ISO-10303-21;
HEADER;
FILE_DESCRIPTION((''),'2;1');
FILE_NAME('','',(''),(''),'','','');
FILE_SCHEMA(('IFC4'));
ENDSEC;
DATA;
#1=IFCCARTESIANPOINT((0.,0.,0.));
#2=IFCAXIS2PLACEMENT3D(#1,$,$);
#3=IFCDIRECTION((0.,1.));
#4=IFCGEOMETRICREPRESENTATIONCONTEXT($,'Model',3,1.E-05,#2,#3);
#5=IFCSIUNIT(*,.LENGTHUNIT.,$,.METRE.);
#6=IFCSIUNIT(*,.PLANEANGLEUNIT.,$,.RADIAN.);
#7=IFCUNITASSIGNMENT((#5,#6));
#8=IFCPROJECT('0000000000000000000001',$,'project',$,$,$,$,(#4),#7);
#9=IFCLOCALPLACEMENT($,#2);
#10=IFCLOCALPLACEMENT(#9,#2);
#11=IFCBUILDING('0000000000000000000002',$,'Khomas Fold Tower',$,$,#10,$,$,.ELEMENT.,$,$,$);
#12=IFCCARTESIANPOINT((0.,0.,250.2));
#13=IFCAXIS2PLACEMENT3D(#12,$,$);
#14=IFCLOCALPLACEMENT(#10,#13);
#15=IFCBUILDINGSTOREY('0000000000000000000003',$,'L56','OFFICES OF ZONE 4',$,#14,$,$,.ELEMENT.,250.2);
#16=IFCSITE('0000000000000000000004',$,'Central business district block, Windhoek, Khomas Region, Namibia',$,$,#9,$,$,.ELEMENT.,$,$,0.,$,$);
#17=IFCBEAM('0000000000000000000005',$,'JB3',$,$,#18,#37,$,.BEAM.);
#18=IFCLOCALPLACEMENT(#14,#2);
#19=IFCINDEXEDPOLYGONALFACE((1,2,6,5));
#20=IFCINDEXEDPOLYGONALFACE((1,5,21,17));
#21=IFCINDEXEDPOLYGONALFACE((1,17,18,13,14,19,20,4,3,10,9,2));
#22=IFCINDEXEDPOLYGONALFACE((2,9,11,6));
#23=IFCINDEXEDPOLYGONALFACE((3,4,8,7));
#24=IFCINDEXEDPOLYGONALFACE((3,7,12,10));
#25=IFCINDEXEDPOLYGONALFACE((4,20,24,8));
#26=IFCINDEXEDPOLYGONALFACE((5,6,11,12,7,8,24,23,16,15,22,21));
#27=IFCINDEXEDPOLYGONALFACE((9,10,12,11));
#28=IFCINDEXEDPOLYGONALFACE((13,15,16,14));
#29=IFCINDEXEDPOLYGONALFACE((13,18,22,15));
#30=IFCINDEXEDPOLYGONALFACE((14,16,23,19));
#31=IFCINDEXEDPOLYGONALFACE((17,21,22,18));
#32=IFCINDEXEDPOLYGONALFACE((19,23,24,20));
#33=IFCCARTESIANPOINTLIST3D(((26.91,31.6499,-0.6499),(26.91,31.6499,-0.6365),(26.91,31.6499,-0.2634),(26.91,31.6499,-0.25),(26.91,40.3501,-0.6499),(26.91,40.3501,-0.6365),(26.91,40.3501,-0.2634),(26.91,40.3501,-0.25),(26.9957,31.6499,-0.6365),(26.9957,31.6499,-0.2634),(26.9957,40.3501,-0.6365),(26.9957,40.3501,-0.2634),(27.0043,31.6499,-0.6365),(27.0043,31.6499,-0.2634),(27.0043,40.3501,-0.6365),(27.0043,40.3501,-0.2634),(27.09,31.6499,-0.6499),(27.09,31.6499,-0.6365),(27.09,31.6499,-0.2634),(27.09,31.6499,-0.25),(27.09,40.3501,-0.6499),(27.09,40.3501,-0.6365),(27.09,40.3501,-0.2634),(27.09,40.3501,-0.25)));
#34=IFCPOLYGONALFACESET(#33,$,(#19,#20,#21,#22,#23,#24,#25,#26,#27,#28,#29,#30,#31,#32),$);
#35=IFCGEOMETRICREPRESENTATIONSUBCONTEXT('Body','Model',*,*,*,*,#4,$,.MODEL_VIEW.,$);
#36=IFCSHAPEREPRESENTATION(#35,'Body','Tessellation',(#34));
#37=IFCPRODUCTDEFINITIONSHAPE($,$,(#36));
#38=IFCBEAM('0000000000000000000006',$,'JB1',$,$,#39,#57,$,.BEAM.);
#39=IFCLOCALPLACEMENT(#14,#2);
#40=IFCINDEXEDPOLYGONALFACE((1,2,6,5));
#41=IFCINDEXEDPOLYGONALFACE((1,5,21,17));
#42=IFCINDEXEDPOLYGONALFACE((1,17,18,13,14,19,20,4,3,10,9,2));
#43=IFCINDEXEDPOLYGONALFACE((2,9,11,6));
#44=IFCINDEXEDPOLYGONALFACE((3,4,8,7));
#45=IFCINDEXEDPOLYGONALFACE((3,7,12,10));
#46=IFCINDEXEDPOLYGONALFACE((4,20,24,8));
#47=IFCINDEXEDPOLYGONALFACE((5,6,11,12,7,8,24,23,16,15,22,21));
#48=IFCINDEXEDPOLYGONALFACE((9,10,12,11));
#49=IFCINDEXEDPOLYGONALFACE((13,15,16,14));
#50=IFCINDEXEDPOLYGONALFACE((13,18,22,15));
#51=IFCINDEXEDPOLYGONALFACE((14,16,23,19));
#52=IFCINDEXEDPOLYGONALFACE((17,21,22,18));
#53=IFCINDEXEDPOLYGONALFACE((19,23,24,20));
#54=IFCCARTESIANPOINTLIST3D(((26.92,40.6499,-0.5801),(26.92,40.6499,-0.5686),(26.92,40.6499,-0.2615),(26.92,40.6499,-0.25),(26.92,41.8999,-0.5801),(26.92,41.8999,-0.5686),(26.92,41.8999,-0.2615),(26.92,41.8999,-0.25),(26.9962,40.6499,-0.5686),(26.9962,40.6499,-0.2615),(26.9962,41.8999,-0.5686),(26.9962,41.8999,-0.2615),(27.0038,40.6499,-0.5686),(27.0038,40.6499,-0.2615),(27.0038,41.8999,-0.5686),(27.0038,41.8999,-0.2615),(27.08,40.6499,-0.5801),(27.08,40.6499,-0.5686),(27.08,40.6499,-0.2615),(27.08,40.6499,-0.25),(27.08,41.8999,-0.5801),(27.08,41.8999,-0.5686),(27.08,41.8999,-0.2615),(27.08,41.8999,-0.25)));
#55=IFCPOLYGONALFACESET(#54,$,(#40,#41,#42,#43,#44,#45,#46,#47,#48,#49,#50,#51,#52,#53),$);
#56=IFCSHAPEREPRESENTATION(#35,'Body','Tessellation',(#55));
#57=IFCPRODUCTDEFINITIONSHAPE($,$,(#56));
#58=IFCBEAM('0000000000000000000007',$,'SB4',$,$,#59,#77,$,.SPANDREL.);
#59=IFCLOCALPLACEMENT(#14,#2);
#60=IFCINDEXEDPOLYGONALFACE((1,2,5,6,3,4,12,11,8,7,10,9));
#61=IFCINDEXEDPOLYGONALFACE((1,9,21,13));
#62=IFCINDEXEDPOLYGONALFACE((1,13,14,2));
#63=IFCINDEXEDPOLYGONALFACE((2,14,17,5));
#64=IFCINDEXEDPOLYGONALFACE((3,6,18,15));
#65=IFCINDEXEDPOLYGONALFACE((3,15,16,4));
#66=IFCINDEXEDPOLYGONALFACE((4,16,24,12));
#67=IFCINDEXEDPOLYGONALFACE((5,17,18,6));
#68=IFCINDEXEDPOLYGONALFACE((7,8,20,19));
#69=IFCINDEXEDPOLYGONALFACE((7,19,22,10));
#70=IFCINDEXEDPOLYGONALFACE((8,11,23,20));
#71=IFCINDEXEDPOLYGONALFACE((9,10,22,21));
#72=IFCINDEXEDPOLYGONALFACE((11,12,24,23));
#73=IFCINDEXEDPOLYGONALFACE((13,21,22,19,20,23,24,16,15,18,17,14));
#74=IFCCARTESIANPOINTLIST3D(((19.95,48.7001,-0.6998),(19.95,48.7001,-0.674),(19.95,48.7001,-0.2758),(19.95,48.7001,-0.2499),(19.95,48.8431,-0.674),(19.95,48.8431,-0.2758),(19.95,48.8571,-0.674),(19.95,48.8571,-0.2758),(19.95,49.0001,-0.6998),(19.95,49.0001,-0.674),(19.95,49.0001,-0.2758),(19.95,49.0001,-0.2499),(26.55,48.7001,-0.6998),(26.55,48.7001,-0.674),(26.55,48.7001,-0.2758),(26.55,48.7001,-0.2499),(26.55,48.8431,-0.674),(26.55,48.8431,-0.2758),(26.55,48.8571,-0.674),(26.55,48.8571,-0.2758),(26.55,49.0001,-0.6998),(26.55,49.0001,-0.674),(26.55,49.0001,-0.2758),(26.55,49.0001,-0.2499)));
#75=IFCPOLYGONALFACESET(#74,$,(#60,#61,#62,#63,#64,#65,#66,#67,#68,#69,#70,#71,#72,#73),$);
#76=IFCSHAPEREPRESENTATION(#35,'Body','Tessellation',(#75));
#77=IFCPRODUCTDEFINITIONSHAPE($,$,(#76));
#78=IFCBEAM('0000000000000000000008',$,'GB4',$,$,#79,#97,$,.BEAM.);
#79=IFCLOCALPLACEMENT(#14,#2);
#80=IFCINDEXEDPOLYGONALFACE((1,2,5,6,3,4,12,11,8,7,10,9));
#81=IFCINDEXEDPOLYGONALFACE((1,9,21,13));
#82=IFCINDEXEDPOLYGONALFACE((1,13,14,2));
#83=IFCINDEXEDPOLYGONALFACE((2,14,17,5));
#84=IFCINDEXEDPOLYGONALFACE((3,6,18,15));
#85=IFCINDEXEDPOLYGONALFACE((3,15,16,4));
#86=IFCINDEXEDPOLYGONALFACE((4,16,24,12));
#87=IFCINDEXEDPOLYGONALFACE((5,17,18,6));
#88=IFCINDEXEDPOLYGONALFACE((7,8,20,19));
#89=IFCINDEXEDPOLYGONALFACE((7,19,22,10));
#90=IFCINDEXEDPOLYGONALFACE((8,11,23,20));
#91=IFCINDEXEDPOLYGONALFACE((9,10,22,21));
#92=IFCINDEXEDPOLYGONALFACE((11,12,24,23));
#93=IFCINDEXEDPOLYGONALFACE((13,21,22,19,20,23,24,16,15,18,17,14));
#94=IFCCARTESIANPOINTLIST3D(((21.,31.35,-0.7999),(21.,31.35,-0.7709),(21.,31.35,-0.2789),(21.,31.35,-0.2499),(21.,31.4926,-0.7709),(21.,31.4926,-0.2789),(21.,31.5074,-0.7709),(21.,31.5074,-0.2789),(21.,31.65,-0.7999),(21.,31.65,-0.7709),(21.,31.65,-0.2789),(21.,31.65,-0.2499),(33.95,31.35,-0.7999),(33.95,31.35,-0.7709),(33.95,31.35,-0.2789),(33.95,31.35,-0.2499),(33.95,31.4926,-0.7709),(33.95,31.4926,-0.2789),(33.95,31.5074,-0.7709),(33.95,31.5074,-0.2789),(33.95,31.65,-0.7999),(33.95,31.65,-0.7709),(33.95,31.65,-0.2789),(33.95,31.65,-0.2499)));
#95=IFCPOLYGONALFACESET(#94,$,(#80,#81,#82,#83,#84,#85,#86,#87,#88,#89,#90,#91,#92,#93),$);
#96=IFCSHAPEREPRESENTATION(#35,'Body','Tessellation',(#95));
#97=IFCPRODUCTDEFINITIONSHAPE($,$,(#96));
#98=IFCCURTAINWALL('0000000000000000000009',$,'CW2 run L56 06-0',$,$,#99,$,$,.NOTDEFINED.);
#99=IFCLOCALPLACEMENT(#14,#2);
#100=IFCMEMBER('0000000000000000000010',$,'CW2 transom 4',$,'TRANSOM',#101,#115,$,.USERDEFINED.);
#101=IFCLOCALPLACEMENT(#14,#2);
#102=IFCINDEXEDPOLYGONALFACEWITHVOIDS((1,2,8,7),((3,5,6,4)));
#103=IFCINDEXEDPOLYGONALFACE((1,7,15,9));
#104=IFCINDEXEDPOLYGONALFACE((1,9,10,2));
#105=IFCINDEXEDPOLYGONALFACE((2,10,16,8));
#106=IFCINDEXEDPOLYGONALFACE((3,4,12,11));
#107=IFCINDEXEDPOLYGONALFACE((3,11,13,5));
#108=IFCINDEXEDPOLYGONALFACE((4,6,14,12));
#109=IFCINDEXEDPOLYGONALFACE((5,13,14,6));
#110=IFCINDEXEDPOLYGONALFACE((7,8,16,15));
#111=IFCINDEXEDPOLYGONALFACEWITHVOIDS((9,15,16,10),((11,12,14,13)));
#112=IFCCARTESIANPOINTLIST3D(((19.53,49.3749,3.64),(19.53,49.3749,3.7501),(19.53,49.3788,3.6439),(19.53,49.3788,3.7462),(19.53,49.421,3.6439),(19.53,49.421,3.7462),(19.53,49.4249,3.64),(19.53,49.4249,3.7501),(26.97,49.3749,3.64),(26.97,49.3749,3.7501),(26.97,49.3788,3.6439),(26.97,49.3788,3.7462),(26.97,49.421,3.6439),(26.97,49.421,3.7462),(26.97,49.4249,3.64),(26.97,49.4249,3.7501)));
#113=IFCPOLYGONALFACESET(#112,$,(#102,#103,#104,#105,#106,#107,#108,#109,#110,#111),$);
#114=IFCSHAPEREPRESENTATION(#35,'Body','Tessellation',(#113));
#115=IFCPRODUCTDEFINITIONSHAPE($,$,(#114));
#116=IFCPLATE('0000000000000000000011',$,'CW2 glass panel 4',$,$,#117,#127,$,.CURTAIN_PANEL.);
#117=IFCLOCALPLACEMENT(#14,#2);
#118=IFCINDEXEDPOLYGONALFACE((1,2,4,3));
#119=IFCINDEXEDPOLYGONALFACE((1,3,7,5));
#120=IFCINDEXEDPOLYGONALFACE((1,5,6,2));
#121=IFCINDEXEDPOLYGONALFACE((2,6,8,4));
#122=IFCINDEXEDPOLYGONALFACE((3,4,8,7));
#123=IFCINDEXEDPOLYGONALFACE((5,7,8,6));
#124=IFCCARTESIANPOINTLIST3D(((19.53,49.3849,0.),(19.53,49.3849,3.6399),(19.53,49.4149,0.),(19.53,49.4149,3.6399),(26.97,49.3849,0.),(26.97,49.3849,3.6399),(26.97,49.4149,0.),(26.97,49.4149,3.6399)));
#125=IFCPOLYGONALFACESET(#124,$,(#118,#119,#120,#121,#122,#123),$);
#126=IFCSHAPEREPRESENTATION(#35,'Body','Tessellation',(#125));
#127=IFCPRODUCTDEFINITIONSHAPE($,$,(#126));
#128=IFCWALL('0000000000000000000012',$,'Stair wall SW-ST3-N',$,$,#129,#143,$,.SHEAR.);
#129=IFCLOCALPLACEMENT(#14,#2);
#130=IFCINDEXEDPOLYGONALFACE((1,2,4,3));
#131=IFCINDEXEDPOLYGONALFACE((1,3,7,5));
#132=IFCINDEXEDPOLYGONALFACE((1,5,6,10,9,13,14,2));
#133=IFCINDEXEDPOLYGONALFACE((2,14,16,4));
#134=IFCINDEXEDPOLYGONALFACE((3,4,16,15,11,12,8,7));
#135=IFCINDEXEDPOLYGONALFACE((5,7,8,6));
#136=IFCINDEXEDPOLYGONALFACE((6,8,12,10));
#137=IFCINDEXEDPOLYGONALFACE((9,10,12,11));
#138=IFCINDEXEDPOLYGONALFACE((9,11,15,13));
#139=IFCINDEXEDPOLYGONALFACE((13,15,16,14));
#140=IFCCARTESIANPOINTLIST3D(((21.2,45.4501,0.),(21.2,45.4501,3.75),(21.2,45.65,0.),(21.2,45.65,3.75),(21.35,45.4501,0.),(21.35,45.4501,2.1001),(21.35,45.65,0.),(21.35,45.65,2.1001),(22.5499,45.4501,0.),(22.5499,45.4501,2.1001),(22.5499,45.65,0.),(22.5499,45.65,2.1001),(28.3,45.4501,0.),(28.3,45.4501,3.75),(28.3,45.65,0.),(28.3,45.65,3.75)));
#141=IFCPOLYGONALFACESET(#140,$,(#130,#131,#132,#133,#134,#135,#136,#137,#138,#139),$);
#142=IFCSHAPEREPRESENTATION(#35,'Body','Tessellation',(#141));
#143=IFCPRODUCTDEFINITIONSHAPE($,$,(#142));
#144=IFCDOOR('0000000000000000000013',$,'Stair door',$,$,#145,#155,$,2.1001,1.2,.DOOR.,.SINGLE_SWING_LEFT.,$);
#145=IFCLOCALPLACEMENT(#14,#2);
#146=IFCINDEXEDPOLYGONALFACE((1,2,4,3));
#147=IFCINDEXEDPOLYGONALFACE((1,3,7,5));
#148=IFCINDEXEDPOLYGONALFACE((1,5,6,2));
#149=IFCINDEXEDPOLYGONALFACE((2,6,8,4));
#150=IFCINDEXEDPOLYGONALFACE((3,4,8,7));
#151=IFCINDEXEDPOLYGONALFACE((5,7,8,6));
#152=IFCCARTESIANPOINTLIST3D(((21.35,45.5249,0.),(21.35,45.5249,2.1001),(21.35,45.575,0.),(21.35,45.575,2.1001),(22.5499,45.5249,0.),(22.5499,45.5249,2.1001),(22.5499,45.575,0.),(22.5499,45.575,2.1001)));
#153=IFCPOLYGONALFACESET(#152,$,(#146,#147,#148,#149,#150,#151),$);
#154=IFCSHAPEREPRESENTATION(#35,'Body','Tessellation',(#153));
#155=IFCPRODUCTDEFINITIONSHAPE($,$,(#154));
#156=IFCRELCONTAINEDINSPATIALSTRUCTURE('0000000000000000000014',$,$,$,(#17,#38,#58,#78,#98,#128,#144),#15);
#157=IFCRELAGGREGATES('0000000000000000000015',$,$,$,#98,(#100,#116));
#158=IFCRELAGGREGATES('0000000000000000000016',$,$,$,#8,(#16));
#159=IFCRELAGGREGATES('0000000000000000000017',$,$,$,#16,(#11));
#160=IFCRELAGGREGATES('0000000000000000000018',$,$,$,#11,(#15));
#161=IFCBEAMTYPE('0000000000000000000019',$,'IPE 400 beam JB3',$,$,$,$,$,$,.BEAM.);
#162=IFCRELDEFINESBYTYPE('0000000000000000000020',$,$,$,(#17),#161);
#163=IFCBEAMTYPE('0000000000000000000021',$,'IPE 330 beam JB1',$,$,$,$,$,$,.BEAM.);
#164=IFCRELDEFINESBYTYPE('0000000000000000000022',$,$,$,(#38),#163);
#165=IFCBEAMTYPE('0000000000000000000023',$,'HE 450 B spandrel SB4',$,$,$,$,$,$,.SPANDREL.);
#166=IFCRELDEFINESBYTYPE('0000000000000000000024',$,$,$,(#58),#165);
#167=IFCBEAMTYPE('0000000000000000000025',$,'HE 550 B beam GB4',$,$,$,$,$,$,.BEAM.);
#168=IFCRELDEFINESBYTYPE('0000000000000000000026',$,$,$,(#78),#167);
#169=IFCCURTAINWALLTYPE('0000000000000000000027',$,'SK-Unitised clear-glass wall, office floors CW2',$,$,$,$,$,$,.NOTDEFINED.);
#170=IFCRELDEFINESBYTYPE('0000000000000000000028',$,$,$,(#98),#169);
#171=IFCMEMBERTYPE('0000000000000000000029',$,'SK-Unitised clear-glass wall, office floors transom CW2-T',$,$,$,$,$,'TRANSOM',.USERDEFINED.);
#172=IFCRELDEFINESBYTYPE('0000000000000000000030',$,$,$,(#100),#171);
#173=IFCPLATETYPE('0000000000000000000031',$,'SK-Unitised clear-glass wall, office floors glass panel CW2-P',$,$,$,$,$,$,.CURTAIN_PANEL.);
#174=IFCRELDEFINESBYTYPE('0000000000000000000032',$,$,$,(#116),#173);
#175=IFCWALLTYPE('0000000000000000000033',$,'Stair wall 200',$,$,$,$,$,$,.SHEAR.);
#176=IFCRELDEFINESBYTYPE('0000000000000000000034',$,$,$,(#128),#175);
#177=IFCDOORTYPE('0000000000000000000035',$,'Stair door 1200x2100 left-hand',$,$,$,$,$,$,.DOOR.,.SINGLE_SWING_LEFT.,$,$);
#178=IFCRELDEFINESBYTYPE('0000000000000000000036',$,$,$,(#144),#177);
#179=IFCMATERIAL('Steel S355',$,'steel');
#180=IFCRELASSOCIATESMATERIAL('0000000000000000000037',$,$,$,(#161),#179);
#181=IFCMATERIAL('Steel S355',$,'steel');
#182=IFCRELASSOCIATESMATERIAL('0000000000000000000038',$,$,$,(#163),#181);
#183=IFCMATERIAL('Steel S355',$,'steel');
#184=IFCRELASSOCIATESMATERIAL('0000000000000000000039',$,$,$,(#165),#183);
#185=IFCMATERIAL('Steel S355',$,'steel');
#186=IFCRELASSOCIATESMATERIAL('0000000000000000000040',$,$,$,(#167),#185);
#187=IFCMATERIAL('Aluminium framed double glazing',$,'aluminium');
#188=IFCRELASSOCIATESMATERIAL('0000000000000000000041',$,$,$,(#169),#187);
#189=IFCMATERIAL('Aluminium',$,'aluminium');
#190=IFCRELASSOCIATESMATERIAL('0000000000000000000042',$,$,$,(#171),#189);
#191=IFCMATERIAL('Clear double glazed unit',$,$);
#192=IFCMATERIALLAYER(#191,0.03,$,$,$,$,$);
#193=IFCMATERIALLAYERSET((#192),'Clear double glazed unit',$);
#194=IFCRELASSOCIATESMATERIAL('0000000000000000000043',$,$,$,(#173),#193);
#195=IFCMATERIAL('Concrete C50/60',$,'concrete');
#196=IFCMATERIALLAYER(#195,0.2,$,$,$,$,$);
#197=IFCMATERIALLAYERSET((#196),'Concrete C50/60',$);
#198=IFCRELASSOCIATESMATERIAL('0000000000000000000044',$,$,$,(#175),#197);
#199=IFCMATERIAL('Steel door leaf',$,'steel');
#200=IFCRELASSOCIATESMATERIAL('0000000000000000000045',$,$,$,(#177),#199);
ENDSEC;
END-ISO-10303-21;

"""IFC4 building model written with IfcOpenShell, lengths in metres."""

from ifc_helpers import new_model, si_unit, direction, frame, frame_2d, origin, origin_2d, place, context, subcontext, project, spatial, rectangle, hollow_rectangle, i_section, extrude, source, transform, mapped, material, layer, layer_set, material_profile, profile_set, type_object, element, fill, aggregate, save


model = new_model("IFC4")

# Units and contexts
model_context = context("Model", 3, precision=1e-05, world=origin(), true_north=direction((0.0, 1.0)))
body_context = subcontext(model_context, "Body", "Model", "MODEL_VIEW")
ifc_project = project(units=[si_unit("LENGTHUNIT", "METRE"), si_unit("PLANEANGLEUNIT", "RADIAN")], contexts=[model_context])

# Site, building, storey
site_placement = place(None, origin())
site = spatial("IfcSite", under=ifc_project, at=site_placement, Name="Central business district block, Windhoek, Khomas Region, Namibia", CompositionType="ELEMENT", RefElevation=0.0)
building_placement = place(site_placement, origin())
building = spatial("IfcBuilding", under=site, at=building_placement, Name="Khomas Fold Tower", CompositionType="ELEMENT")
storey_placement = place(building_placement, frame((0.0, 0.0, 250.2)))
storey = spatial("IfcBuildingStorey", under=building, at=storey_placement, Name="L56", Description="OFFICES OF ZONE 4", CompositionType="ELEMENT", Elevation=250.2)

# Beams
ifc_material_1 = material(Name="Steel S355", Category="steel")
ifc_material_profile_1 = material_profile(ifc_material_1, i_section(OverallWidth=0.1799, OverallDepth=0.3999, WebThickness=0.0085, FlangeThickness=0.0134, at=origin_2d()), Name="IPE 400")
ifc_profile_set_1 = profile_set([ifc_material_profile_1], Name="Steel S355")
beam_type_1 = type_object("IfcBeamType", Name="IPE 400 beam JB3", PredefinedType="BEAM", material=ifc_profile_set_1)
shared_shape_1 = source(origin(), body_context, "Body", "SweptSolid", [
    extrude(i_section(OverallWidth=0.1799, OverallDepth=0.3999, WebThickness=0.0085, FlangeThickness=0.0134, at=origin_2d()), origin(), (0.0, 0.0, 1.0), 8.7002),
])
beam_1_placement = place(storey_placement, frame((27.0, 31.6499, -0.45), z_axis=(0.0, 1.0, 0.0), x_axis=(-1.0, 0.0, 0.0)))
element("IfcBeam", 1, at=beam_1_placement, inside=storey, type_object=beam_type_1, Name="JB3", PredefinedType="BEAM", context=body_context, shape_type="MappedRepresentation", body=[
    mapped(shared_shape_1, transform((0.0, 0.0, 0.0))),
])
ifc_material_2 = material(Name="Steel S355", Category="steel")
ifc_material_profile_2 = material_profile(ifc_material_2, i_section(OverallWidth=0.1599, OverallDepth=0.3301, WebThickness=0.0076, FlangeThickness=0.0115, at=origin_2d()), Name="IPE 330")
ifc_profile_set_2 = profile_set([ifc_material_profile_2], Name="Steel S355")
beam_type_2 = type_object("IfcBeamType", Name="IPE 330 beam JB1", PredefinedType="BEAM", material=ifc_profile_set_2)
shared_shape_2 = source(origin(), body_context, "Body", "SweptSolid", [
    extrude(i_section(OverallWidth=0.1599, OverallDepth=0.3301, WebThickness=0.0076, FlangeThickness=0.0115, at=origin_2d()), origin(), (0.0, 0.0, 1.0), 1.25),
])
beam_2_placement = place(storey_placement, frame((27.0, 40.6499, -0.415), z_axis=(0.0, 1.0, 0.0), x_axis=(-1.0, 0.0, 0.0)))
element("IfcBeam", 2, at=beam_2_placement, inside=storey, type_object=beam_type_2, Name="JB1", PredefinedType="BEAM", context=body_context, shape_type="MappedRepresentation", body=[
    mapped(shared_shape_2, transform((0.0, 0.0, 0.0))),
])
ifc_material_3 = material(Name="Steel S355", Category="steel")
ifc_material_profile_3 = material_profile(ifc_material_3, i_section(OverallWidth=0.3, OverallDepth=0.45, WebThickness=0.0139, FlangeThickness=0.0259, at=origin_2d()), Name="HE 450 B")
ifc_profile_set_3 = profile_set([ifc_material_profile_3], Name="Steel S355")
beam_type_3 = type_object("IfcBeamType", Name="HE 450 B spandrel SB4", PredefinedType="SPANDREL", material=ifc_profile_set_3)
shared_shape_3 = source(origin(), body_context, "Body", "SweptSolid", [
    extrude(i_section(OverallWidth=0.3, OverallDepth=0.45, WebThickness=0.0139, FlangeThickness=0.0259, at=origin_2d()), origin(), (0.0, 0.0, 1.0), 6.6001),
])
beam_3_placement = place(storey_placement, frame((19.95, 48.8501, -0.4749), z_axis=(1.0, 0.0, 0.0), x_axis=(0.0, 1.0, 0.0)))
element("IfcBeam", 3, at=beam_3_placement, inside=storey, type_object=beam_type_3, Name="SB4", PredefinedType="SPANDREL", context=body_context, shape_type="MappedRepresentation", body=[
    mapped(shared_shape_3, transform((0.0, 0.0, 0.0))),
])
ifc_material_4 = material(Name="Steel S355", Category="steel")
ifc_material_profile_4 = material_profile(ifc_material_4, i_section(OverallWidth=0.3, OverallDepth=0.55, WebThickness=0.0149, FlangeThickness=0.0291, at=origin_2d()), Name="HE 550 B")
ifc_profile_set_4 = profile_set([ifc_material_profile_4], Name="Steel S355")
beam_type_4 = type_object("IfcBeamType", Name="HE 550 B beam GB4", PredefinedType="BEAM", material=ifc_profile_set_4)
shared_shape_4 = source(origin(), body_context, "Body", "SweptSolid", [
    extrude(i_section(OverallWidth=0.3, OverallDepth=0.55, WebThickness=0.0149, FlangeThickness=0.0291, at=origin_2d()), origin(), (0.0, 0.0, 1.0), 12.95),
])
beam_4_placement = place(storey_placement, frame((21.0, 31.5, -0.5249), z_axis=(1.0, 0.0, 0.0), x_axis=(0.0, 1.0, 0.0)))
element("IfcBeam", 4, at=beam_4_placement, inside=storey, type_object=beam_type_4, Name="GB4", PredefinedType="BEAM", context=body_context, shape_type="MappedRepresentation", body=[
    mapped(shared_shape_4, transform((0.0, 0.0, 0.0))),
])

# Curtain wall, member, plate
ifc_material_5 = material(Name="Aluminium framed double glazing", Category="aluminium")
curtain_wall_type = type_object("IfcCurtainWallType", Name="SK-Unitised clear-glass wall, office floors CW2", PredefinedType="NOTDEFINED", material=ifc_material_5)
curtain_wall_placement = place(storey_placement, origin())
curtain_wall = element("IfcCurtainWall", 5, at=curtain_wall_placement, inside=storey, type_object=curtain_wall_type, Name="CW2 run L56 06-0", PredefinedType="NOTDEFINED")
ifc_material_6 = material(Name="Aluminium", Category="aluminium")
ifc_material_profile_5 = material_profile(ifc_material_6, hollow_rectangle(XDim=0.05, YDim=0.1101, WallThickness=0.0039, at=origin_2d()), Name="SK-Unitised clear-glass wall, office floors transom CW2-T")
ifc_profile_set_5 = profile_set([ifc_material_profile_5], Name="Aluminium")
member_type = type_object("IfcMemberType", Name="SK-Unitised clear-glass wall, office floors transom CW2-T", ElementType="TRANSOM", PredefinedType="USERDEFINED", material=ifc_profile_set_5)
shared_shape_5 = source(origin(), body_context, "Body", "SweptSolid", [
    extrude(hollow_rectangle(XDim=0.05, YDim=0.1101, WallThickness=0.0039, at=origin_2d()), origin(), (0.0, 0.0, 1.0), 7.4399),
])
member_placement = place(storey_placement, frame((26.97, 49.3999, 3.6951), z_axis=(-1.0, 0.0, 0.0), x_axis=(0.0, -1.0, 0.0)))
member = element("IfcMember", 6, at=member_placement, type_object=member_type, Name="CW2 transom 4", ObjectType="TRANSOM", PredefinedType="USERDEFINED", context=body_context, shape_type="MappedRepresentation", body=[
    mapped(shared_shape_5, transform((0.0, 0.0, 0.0))),
])
ifc_material_7 = material(Name="Clear double glazed unit")
ifc_layer_1 = layer(ifc_material_7, 0.03)
ifc_layer_set_1 = layer_set([ifc_layer_1], Name="Clear double glazed unit")
plate_type = type_object("IfcPlateType", Name="SK-Unitised clear-glass wall, office floors glass panel CW2-P", PredefinedType="CURTAIN_PANEL", material=ifc_layer_set_1)
shared_shape_6 = source(origin(), body_context, "Body", "SweptSolid", [
    extrude(rectangle(XDim=7.4399, YDim=0.03, at=origin_2d()), origin(), (0.0, 0.0, 1.0), 3.6399),
])
plate_placement = place(storey_placement, frame((23.25, 49.3999, 0.0), z_axis=(0.0, 0.0, 1.0), x_axis=(-1.0, 0.0, 0.0)))
plate = element("IfcPlate", 7, at=plate_placement, type_object=plate_type, Name="CW2 glass panel 4", PredefinedType="CURTAIN_PANEL", context=body_context, shape_type="MappedRepresentation", body=[
    mapped(shared_shape_6, transform((0.0, 0.0, 0.0))),
])
aggregate(curtain_wall, [member, plate])

# Wall, opening, door
ifc_material_8 = material(Name="Concrete C50/60", Category="concrete")
ifc_layer_2 = layer(ifc_material_8, 0.2)
ifc_layer_set_2 = layer_set([ifc_layer_2], Name="Concrete C50/60")
wall_type_1 = type_object("IfcWallType", Name="Stair wall 200", PredefinedType="SHEAR", material=ifc_layer_set_2)
shared_shape_7 = source(origin(), body_context, "Body", "SweptSolid", [
    extrude(rectangle(XDim=7.1001, YDim=0.2, at=frame_2d((3.55, 0.0))), origin(), (0.0, 0.0, 1.0), 3.75),
])
wall_1_placement = place(storey_placement, frame((21.2, 45.55, 0.0), z_axis=(0.0, 0.0, 1.0), x_axis=(1.0, 0.0, 0.0)))
wall_1 = element("IfcWall", 8, at=wall_1_placement, inside=storey, type_object=wall_type_1, Name="Stair wall SW-ST3-N", PredefinedType="SHEAR", context=body_context, shape_type="MappedRepresentation", body=[
    mapped(shared_shape_7, transform((0.0, 0.0, 0.0))),
])
shared_shape_8 = source(origin(), body_context, "Body", "SweptSolid", [
    extrude(rectangle(XDim=1.2, YDim=2.1001, at=frame_2d((0.6001, 1.05))), frame((0.0, 0.1099, 0.0), z_axis=(0.0, -1.0, 0.0), x_axis=(1.0, 0.0, 0.0)), (0.0, 0.0, 1.0), 0.22),
])
opening_1_placement = place(wall_1_placement, frame((0.1499, 0.0, 0.0)))
opening_1 = element("IfcOpeningElement", 9, at=opening_1_placement, cuts=wall_1, PredefinedType="OPENING", context=body_context, shape_type="MappedRepresentation", body=[
    mapped(shared_shape_8, transform((0.0, 0.0, 0.0))),
])
ifc_material_9 = material(Name="Steel door leaf", Category="steel")
door_type_1 = type_object("IfcDoorType", Name="Stair door 1200x2100 left-hand", OperationType="SINGLE_SWING_LEFT", PredefinedType="DOOR", material=ifc_material_9)
shared_shape_9 = source(origin(), body_context, "Body", "SweptSolid", [
    extrude(rectangle(XDim=1.2, YDim=2.1001, at=frame_2d((0.6001, 1.05))), frame((0.0, 0.0249, 0.0), z_axis=(0.0, -1.0, 0.0), x_axis=(1.0, 0.0, 0.0)), (0.0, 0.0, 1.0), 0.05),
])
door_1_placement = place(opening_1_placement, origin())
door_1 = element("IfcDoor", 10, at=door_1_placement, inside=storey, type_object=door_type_1, Name="Stair door", OperationType="SINGLE_SWING_LEFT", OverallHeight=2.1001, OverallWidth=1.2, PredefinedType="DOOR", context=body_context, shape_type="MappedRepresentation", body=[
    mapped(shared_shape_9, transform((0.0, 0.0, 0.0))),
])
fill(opening_1, door_1)

save(model, "model.ifc")
